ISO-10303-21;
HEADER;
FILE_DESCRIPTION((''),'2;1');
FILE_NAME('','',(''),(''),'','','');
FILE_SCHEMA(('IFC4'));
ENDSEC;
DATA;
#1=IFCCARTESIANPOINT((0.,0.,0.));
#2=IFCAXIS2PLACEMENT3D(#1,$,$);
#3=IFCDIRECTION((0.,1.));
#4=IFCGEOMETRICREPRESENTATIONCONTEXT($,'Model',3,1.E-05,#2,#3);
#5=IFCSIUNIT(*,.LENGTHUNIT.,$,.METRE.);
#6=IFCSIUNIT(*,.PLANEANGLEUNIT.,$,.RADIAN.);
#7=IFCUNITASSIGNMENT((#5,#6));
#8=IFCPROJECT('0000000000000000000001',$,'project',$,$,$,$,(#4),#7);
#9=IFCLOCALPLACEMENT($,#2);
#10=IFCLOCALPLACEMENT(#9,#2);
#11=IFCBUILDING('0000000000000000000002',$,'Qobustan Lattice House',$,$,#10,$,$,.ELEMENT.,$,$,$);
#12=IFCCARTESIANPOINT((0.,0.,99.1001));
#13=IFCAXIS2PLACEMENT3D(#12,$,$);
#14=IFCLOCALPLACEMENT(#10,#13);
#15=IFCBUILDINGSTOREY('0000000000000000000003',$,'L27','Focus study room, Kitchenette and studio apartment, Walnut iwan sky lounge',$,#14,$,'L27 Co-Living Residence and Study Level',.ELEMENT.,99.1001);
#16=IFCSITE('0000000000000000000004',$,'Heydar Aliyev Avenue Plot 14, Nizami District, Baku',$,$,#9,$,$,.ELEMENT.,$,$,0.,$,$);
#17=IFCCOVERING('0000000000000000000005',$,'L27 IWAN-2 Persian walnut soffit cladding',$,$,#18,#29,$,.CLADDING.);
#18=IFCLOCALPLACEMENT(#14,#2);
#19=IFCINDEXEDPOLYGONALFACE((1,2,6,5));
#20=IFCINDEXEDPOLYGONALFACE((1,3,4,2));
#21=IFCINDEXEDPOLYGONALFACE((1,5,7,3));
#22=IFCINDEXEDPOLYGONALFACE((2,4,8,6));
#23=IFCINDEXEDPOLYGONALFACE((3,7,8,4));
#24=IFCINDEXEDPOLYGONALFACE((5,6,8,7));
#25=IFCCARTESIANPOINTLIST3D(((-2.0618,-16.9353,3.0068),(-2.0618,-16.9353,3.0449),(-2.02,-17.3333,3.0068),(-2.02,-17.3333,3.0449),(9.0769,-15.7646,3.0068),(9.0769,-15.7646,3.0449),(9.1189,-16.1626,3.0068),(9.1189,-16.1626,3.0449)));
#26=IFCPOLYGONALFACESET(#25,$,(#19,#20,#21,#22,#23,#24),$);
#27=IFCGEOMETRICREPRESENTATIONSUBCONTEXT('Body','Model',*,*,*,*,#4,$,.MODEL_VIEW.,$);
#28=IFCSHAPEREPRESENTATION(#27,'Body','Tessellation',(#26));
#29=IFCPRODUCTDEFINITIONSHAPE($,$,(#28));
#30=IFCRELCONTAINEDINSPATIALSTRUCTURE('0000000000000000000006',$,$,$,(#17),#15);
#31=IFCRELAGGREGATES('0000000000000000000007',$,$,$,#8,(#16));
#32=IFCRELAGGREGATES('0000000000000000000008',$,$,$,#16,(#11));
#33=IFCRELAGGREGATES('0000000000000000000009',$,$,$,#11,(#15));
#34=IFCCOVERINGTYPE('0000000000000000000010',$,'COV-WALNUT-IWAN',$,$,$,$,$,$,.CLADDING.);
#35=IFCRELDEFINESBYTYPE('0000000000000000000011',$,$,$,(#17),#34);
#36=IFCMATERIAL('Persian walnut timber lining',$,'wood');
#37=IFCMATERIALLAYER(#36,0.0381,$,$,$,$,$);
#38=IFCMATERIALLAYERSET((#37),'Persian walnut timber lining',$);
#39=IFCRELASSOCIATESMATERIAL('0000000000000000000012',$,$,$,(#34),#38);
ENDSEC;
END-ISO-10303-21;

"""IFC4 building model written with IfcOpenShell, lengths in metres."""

from ifc_helpers import new_model, si_unit, direction, frame, origin, place, context, subcontext, project, spatial, polyline, outline, extrude, material, layer, layer_set, type_object, element, save


model = new_model("IFC4")

# Units and contexts
model_context = context("Model", 3, precision=1e-05, world=origin(), true_north=direction((0.0, 1.0)))
body_context = subcontext(model_context, "Body", "Model", "MODEL_VIEW")
ifc_project = project(units=[si_unit("LENGTHUNIT", "METRE"), si_unit("PLANEANGLEUNIT", "RADIAN")], contexts=[model_context])

# Site, building, storey
site_placement = place(None, origin())
site = spatial("IfcSite", under=ifc_project, at=site_placement, Name="Heydar Aliyev Avenue Plot 14, Nizami District, Baku", CompositionType="ELEMENT", RefElevation=0.0)
building_placement = place(site_placement, origin())
building = spatial("IfcBuilding", under=site, at=building_placement, Name="Qobustan Lattice House", CompositionType="ELEMENT")
storey_placement = place(building_placement, frame((0.0, 0.0, 99.1001)))
storey = spatial("IfcBuildingStorey", under=building, at=storey_placement, Name="L27", Description="Focus study room, Kitchenette and studio apartment, Walnut iwan sky lounge", LongName="L27 Co-Living Residence and Study Level", CompositionType="ELEMENT", Elevation=99.1001)

# Covering
ifc_material_1 = material(Name="Persian walnut timber lining", Category="wood")
ifc_layer_1 = layer(ifc_material_1, 0.0381)
ifc_layer_set_1 = layer_set([ifc_layer_1], Name="Persian walnut timber lining")
covering_type = type_object("IfcCoveringType", Name="COV-WALNUT-IWAN", PredefinedType="CLADDING", material=ifc_layer_set_1)
covering_placement = place(storey_placement, frame((0.0, 0.0, 3.0068)))
element("IfcCovering", 1, at=covering_placement, inside=storey, type_object=covering_type, Name="L27 IWAN-2 Persian walnut soffit cladding", PredefinedType="CLADDING", context=body_context, shape_type="SweptSolid", body=[
    extrude(outline(polyline([(9.1189, -16.1626), (-2.02, -17.3333), (-2.0618, -16.9353), (9.0769, -15.7646), (9.1189, -16.1626)])), origin(), (0.0, 0.0, 1.0), 0.0381),
])

save(model, "model.ifc")
